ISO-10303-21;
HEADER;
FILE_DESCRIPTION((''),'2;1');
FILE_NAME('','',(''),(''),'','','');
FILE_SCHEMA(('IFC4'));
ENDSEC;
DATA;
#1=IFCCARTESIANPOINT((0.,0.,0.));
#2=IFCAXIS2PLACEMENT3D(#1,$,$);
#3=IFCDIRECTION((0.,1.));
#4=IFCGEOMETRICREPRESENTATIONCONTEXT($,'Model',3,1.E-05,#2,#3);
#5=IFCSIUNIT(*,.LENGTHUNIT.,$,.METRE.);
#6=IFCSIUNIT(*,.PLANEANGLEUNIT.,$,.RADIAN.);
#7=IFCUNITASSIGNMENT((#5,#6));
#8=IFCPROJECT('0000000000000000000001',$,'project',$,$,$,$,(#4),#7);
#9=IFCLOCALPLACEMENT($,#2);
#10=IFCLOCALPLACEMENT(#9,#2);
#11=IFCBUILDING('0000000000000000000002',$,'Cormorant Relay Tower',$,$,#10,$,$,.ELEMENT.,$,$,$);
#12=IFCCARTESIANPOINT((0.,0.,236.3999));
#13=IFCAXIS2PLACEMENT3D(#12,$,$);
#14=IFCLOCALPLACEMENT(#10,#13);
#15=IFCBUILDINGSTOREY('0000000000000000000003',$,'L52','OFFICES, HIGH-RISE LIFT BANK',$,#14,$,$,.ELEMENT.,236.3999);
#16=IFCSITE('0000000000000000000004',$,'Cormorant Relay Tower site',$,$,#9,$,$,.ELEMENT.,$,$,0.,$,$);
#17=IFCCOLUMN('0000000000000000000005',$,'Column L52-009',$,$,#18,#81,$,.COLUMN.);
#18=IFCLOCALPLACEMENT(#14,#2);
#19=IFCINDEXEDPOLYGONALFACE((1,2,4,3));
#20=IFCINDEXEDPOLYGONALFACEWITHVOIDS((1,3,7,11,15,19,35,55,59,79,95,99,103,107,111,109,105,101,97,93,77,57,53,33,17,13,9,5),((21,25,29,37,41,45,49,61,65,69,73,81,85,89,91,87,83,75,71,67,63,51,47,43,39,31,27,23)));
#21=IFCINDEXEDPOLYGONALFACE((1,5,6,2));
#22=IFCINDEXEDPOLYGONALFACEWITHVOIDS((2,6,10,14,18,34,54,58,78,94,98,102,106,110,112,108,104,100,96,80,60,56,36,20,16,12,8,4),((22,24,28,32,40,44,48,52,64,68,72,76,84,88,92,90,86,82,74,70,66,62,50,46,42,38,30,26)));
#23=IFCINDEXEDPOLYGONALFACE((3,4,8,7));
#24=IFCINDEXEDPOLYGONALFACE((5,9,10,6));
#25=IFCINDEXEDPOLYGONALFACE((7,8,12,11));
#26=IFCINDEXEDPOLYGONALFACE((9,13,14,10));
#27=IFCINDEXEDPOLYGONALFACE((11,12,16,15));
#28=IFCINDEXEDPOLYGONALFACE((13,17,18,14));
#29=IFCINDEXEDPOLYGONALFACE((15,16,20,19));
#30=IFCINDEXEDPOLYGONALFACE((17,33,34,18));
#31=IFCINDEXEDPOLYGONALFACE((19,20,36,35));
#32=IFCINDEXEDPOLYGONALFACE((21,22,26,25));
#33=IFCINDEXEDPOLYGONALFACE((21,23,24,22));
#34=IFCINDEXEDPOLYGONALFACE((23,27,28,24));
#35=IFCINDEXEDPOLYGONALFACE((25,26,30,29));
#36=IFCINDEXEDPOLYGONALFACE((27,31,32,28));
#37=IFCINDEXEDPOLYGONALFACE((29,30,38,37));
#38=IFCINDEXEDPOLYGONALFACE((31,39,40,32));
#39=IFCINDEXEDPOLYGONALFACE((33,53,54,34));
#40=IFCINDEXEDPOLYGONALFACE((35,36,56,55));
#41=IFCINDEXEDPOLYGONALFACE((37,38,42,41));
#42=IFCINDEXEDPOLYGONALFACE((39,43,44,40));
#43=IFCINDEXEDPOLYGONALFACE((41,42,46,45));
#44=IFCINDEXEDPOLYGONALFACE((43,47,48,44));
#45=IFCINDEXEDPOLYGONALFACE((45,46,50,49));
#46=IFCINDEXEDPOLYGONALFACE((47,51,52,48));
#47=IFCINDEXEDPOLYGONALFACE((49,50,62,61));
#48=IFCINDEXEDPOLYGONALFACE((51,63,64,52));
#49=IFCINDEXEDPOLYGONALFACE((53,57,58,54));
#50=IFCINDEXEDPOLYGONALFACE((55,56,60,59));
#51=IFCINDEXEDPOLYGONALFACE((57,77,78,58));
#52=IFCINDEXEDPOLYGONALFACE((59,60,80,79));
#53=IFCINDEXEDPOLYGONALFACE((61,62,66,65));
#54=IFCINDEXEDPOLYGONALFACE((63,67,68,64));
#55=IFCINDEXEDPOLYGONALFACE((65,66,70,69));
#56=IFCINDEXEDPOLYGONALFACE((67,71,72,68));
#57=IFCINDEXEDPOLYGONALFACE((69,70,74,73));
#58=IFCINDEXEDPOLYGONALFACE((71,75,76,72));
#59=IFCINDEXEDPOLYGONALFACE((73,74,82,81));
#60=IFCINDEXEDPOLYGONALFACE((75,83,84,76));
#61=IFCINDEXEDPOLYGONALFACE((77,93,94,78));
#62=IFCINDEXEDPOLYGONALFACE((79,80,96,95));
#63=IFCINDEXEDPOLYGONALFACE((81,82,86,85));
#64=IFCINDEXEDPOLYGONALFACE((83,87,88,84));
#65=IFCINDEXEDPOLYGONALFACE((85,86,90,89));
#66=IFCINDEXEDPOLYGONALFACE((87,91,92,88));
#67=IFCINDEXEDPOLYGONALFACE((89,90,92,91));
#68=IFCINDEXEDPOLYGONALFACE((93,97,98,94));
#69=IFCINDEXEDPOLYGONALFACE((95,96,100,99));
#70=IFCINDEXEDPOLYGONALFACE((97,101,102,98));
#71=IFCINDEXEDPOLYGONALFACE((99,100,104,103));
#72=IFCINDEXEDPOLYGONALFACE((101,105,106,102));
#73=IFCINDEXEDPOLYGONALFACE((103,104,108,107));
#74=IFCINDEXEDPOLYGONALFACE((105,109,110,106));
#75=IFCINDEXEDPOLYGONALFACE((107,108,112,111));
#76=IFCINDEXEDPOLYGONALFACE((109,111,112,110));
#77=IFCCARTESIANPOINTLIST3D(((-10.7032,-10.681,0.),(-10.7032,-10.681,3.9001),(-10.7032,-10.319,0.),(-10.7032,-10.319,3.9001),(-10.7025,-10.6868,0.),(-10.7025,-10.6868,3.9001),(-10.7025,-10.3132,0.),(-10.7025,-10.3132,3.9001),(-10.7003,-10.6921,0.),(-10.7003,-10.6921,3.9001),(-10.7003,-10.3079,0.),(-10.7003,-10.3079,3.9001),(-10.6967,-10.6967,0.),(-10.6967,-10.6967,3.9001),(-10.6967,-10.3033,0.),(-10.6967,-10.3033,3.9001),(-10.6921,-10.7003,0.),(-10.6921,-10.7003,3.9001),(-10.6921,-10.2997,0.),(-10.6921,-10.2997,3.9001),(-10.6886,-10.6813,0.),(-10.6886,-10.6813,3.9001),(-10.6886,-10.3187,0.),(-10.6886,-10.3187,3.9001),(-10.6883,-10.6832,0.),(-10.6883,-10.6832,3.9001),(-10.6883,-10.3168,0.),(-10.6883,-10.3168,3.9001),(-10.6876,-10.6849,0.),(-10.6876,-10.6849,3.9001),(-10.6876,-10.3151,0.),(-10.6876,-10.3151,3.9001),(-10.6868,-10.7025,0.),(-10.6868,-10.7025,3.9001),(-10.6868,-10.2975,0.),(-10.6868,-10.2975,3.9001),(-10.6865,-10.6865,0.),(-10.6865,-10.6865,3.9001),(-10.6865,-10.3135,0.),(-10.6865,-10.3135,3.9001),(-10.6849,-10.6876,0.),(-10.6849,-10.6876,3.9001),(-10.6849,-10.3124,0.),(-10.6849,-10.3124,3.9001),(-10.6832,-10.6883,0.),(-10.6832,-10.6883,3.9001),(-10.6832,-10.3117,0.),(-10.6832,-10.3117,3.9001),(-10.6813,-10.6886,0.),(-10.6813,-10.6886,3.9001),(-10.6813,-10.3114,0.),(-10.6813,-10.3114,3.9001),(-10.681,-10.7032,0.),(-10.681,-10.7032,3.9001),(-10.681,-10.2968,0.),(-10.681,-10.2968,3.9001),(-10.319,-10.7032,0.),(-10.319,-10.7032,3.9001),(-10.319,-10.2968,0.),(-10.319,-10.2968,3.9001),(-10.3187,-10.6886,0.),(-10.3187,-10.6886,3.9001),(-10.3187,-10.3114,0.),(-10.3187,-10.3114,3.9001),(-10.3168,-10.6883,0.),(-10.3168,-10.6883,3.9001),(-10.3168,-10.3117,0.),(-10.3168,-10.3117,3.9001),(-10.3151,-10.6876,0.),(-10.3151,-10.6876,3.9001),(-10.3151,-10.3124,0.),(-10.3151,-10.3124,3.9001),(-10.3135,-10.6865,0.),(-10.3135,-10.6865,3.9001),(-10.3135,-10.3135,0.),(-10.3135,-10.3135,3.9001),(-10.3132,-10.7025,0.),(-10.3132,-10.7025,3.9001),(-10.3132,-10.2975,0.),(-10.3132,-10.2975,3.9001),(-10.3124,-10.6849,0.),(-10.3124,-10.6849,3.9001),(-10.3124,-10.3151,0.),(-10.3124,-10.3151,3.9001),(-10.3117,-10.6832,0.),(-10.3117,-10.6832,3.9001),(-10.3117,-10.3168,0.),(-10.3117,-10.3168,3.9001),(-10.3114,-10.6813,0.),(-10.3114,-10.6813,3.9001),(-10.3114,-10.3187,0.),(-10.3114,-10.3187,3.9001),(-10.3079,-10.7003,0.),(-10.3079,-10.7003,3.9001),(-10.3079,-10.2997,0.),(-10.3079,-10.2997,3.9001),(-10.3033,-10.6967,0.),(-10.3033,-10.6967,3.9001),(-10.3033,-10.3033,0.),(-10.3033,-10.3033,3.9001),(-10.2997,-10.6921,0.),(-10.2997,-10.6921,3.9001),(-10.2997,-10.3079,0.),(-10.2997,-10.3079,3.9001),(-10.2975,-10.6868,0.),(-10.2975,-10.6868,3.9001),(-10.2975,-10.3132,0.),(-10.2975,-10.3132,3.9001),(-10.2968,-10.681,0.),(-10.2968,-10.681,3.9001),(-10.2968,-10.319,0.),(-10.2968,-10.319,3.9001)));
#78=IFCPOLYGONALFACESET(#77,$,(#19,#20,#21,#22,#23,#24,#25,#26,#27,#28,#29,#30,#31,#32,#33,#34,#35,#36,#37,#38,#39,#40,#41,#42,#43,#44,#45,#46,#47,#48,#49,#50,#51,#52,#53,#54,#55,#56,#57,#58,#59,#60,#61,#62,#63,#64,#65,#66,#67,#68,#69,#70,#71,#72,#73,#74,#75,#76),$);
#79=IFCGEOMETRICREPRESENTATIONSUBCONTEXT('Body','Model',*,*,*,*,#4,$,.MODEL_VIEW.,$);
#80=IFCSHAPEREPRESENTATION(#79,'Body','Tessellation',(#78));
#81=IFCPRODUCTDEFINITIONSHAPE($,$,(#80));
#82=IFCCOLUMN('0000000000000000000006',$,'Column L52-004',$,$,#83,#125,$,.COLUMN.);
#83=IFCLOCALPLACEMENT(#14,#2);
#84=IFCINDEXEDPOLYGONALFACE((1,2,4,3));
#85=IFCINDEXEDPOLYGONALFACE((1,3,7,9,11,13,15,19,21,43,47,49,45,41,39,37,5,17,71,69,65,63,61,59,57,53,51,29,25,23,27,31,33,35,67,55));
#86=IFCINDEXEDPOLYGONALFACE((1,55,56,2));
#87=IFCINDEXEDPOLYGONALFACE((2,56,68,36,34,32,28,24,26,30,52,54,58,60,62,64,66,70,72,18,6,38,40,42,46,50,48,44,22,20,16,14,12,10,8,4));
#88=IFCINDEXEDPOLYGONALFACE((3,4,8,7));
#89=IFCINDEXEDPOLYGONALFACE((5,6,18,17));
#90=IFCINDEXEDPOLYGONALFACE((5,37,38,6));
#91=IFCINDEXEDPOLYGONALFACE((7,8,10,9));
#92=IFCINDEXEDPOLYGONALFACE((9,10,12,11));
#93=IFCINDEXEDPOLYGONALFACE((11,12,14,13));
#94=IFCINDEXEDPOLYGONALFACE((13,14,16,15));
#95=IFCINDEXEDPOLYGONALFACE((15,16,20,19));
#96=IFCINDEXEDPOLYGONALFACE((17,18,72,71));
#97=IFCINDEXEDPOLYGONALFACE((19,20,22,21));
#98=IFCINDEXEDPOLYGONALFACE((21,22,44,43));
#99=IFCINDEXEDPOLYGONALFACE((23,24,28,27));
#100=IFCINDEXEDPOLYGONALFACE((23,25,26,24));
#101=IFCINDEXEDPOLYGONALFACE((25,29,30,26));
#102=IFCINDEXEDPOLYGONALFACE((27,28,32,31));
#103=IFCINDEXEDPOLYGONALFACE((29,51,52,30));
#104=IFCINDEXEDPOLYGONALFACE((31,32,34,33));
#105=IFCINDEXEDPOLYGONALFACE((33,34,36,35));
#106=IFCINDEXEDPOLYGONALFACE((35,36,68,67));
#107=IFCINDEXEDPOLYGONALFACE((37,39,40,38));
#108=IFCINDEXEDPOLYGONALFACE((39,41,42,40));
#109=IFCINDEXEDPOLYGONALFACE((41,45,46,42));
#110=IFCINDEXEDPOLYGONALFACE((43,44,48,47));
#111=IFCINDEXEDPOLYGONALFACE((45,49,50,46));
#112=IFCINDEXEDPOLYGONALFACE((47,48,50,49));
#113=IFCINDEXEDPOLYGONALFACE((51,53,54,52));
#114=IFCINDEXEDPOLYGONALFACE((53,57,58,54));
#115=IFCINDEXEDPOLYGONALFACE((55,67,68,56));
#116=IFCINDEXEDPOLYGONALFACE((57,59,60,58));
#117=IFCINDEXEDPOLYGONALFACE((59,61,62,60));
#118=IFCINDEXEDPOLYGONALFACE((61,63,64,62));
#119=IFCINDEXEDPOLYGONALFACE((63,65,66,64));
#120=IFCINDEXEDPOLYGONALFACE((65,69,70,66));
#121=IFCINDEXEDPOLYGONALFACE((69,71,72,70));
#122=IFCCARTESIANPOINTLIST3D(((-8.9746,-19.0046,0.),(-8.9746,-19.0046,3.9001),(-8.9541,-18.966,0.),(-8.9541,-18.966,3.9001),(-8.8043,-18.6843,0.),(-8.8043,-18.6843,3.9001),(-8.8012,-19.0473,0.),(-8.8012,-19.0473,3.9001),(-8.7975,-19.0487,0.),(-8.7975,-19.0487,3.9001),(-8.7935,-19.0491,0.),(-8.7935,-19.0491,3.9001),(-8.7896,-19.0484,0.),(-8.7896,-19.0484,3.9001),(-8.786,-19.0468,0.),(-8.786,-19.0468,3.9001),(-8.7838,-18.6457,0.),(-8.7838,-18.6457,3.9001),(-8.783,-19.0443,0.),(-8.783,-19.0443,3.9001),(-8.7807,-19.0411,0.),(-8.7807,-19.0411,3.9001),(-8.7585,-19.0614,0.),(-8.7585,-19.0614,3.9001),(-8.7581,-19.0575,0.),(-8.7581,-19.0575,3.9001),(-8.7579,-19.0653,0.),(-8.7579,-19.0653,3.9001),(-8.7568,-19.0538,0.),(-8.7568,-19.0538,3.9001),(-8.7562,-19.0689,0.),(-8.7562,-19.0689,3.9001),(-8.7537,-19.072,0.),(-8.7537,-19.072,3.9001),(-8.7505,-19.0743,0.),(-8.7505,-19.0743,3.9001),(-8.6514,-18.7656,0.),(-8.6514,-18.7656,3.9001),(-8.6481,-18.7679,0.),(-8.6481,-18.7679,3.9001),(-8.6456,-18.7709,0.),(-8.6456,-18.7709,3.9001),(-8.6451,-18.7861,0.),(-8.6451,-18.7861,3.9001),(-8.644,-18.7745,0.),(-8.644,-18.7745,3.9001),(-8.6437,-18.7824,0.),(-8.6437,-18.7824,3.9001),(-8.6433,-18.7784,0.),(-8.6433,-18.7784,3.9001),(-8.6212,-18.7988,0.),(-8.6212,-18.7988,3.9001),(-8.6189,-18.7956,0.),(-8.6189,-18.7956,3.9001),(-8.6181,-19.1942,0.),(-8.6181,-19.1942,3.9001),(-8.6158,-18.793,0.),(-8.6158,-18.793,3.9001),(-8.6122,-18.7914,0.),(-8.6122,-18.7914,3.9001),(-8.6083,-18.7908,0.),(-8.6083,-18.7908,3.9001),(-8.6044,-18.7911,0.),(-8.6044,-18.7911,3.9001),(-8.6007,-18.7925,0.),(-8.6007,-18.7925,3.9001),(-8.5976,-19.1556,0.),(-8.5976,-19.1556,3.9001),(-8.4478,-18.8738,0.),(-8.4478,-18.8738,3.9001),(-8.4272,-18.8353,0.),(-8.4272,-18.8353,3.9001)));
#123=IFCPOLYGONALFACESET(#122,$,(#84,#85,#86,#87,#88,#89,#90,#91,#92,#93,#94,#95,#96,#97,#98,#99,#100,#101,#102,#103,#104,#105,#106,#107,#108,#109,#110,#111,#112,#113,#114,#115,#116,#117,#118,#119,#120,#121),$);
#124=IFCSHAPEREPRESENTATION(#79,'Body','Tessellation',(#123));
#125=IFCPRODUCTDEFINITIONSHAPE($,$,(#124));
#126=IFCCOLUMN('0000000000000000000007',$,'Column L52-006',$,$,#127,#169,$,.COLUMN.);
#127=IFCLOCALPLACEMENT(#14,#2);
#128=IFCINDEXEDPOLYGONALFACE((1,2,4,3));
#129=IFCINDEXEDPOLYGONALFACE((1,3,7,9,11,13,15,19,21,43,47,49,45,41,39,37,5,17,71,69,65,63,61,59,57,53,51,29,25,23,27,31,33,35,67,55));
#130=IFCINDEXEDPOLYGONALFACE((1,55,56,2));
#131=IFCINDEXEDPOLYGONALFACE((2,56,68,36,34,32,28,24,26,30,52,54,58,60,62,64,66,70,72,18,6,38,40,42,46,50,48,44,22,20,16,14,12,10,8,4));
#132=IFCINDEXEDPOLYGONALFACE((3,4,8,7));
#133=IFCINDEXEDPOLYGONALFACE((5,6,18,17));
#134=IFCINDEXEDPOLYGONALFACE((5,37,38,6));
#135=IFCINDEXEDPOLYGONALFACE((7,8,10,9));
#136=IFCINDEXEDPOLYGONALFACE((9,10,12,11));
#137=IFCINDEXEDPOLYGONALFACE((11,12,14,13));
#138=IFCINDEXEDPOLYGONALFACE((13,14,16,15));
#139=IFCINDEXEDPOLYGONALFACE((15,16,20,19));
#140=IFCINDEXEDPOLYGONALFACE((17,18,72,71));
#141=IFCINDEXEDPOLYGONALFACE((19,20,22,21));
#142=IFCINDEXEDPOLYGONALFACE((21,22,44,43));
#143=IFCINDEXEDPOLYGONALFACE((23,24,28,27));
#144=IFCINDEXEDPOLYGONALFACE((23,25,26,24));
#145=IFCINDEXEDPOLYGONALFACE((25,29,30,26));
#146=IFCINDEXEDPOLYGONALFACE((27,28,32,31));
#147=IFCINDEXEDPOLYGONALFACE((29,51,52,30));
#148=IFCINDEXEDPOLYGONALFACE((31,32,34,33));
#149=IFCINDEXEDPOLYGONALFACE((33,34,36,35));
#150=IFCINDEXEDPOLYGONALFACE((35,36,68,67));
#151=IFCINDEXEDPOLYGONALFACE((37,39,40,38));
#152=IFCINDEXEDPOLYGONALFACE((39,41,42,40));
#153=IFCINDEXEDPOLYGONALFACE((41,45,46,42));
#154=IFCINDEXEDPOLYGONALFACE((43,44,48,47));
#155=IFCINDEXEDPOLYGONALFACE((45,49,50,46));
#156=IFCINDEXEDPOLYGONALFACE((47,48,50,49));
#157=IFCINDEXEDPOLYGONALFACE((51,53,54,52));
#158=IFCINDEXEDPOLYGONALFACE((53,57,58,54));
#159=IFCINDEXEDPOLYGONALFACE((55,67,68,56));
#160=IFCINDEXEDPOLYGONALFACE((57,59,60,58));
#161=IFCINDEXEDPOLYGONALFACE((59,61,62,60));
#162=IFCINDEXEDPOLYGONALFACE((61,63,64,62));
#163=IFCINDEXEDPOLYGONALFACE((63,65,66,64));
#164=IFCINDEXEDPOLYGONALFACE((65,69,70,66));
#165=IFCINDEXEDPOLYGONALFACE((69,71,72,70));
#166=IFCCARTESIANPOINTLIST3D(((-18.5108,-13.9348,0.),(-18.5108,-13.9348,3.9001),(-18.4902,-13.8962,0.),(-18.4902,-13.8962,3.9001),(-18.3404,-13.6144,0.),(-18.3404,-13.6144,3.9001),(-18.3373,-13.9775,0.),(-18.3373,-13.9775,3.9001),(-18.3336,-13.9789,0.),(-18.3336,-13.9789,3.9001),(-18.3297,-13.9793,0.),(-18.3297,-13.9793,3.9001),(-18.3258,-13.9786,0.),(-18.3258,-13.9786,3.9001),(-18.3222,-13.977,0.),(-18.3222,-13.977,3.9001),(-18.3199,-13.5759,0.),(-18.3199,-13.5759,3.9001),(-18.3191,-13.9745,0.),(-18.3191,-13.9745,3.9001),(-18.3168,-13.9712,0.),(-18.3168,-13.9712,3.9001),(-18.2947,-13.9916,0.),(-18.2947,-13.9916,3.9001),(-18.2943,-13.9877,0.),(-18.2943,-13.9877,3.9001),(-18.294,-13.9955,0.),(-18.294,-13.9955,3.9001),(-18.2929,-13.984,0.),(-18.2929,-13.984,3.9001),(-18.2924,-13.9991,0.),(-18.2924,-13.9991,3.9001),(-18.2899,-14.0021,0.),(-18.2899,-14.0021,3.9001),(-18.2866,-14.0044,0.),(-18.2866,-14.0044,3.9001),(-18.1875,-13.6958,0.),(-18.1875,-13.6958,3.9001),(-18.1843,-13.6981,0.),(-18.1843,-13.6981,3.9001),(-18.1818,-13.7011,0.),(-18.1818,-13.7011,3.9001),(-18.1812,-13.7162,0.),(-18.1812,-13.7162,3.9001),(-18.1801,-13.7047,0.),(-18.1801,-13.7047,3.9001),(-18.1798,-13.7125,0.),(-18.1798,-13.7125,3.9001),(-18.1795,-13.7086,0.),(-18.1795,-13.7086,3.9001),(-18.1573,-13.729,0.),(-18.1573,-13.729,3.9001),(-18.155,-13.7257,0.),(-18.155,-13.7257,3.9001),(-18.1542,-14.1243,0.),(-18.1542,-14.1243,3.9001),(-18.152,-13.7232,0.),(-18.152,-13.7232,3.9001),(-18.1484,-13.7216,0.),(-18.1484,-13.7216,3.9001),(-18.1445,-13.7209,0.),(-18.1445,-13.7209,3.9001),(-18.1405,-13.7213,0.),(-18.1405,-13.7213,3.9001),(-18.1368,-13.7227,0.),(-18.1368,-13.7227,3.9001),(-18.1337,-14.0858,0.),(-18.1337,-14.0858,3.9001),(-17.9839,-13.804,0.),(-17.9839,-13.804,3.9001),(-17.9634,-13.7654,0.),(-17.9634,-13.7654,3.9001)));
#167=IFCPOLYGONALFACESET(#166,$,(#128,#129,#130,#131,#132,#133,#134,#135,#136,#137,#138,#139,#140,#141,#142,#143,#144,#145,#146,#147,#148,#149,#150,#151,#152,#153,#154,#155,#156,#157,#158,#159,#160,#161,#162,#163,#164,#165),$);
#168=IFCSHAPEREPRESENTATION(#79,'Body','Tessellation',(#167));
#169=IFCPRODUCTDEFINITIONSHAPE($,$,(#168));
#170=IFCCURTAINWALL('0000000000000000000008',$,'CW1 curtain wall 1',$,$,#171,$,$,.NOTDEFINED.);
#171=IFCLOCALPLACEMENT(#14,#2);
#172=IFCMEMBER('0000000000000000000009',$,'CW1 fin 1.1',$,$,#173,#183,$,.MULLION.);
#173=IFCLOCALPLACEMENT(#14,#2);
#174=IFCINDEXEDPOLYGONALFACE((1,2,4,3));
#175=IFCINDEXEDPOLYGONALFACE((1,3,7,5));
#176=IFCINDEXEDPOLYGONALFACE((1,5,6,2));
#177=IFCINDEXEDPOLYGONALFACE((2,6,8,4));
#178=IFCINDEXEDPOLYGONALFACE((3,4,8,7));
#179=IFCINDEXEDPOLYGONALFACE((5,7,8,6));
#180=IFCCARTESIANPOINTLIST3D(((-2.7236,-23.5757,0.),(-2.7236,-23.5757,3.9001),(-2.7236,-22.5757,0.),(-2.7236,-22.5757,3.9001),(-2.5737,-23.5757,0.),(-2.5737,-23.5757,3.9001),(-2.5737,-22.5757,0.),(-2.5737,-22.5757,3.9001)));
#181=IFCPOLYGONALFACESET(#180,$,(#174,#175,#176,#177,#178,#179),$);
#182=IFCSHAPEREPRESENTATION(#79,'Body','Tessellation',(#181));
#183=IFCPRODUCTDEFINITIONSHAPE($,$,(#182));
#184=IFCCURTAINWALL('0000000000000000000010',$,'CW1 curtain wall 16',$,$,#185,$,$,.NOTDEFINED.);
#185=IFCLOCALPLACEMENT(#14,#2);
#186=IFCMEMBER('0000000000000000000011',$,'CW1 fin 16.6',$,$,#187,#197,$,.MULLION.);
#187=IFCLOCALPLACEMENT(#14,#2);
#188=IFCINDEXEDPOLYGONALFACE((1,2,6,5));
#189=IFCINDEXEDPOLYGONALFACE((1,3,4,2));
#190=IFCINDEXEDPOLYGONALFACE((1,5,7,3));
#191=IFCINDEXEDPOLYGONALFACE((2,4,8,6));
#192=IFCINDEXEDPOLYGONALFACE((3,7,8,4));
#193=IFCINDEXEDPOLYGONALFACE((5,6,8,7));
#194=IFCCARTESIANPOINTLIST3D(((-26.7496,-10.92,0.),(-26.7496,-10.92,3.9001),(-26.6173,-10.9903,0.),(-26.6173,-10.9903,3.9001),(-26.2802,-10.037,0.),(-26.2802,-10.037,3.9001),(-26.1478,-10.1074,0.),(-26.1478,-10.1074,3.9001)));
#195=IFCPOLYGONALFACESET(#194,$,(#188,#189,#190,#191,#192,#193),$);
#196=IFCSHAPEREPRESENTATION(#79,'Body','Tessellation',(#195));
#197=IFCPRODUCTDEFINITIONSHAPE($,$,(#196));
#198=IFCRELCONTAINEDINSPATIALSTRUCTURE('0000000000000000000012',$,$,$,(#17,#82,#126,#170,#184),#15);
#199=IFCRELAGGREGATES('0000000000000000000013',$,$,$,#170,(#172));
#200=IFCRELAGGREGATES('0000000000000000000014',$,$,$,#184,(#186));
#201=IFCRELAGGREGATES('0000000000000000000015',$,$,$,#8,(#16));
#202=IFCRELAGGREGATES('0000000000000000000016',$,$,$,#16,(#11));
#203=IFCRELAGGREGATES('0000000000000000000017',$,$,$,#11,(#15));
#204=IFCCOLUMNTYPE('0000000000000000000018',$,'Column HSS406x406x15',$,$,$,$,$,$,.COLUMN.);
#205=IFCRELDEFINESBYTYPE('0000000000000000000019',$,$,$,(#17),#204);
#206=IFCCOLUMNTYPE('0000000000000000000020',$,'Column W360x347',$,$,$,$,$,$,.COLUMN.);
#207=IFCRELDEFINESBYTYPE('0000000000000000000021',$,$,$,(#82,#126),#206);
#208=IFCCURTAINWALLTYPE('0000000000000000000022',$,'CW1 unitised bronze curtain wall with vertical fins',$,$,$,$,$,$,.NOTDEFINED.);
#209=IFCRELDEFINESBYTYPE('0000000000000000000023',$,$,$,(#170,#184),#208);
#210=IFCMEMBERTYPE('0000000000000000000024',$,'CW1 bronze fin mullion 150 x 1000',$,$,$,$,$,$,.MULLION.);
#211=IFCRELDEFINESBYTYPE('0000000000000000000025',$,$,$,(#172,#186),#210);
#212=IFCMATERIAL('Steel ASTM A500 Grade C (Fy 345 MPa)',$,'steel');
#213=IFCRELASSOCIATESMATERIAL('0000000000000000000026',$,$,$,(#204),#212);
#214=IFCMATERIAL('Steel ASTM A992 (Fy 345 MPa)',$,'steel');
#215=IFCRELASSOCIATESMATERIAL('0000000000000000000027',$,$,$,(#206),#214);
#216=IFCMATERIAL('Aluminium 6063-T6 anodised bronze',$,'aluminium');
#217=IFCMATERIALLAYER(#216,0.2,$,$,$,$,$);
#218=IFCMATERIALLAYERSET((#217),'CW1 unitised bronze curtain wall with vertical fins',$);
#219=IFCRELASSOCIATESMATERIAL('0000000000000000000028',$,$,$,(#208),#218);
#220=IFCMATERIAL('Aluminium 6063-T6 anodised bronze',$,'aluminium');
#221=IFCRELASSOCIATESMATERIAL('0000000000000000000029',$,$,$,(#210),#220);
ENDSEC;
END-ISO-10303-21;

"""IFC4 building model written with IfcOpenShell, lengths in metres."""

from ifc_helpers import new_model, si_unit, direction, frame, origin, origin_2d, place, context, subcontext, project, spatial, rectangle, hollow_rectangle, i_section, extrude, material, layer, layer_set, material_profile, profile_set, type_object, element, aggregate, save


model = new_model("IFC4")

# Units and contexts
model_context = context("Model", 3, precision=1e-05, world=origin(), true_north=direction((0.0, 1.0)))
body_context = subcontext(model_context, "Body", "Model", "MODEL_VIEW")
ifc_project = project(units=[si_unit("LENGTHUNIT", "METRE"), si_unit("PLANEANGLEUNIT", "RADIAN")], contexts=[model_context])

# Site, building, storey
site_placement = place(None, origin())
site = spatial("IfcSite", under=ifc_project, at=site_placement, Name="Cormorant Relay Tower site", CompositionType="ELEMENT", RefElevation=0.0)
building_placement = place(site_placement, origin())
building = spatial("IfcBuilding", under=site, at=building_placement, Name="Cormorant Relay Tower", CompositionType="ELEMENT")
storey_placement = place(building_placement, frame((0.0, 0.0, 236.3999)))
storey = spatial("IfcBuildingStorey", under=building, at=storey_placement, Name="L52", Description="OFFICES, HIGH-RISE LIFT BANK", CompositionType="ELEMENT", Elevation=236.3999)

# Columns
ifc_material_1 = material(Name="Steel ASTM A500 Grade C (Fy 345 MPa)", Category="steel")
ifc_material_profile_1 = material_profile(ifc_material_1, hollow_rectangle(XDim=0.4065, YDim=0.4065, WallThickness=0.0146, InnerFilletRadius=0.0073, OuterFilletRadius=0.0222, at=origin_2d()), Name="HSS406x406x15")
ifc_profile_set_1 = profile_set([ifc_material_profile_1], Name="Steel ASTM A500 Grade C (Fy 345 MPa)")
column_type_1 = type_object("IfcColumnType", Name="Column HSS406x406x15", PredefinedType="COLUMN", material=ifc_profile_set_1)
column_placement = place(storey_placement, frame((-10.5, -10.5, 0.0), z_axis=(0.0, 0.0, 1.0), x_axis=(1.0, 0.0, 0.0)))
element("IfcColumn", 1, at=column_placement, inside=storey, type_object=column_type_1, Name="Column L52-009", PredefinedType="COLUMN", context=body_context, shape_type="SweptSolid", body=[
    extrude(hollow_rectangle(XDim=0.4065, YDim=0.4065, WallThickness=0.0146, InnerFilletRadius=0.0073, OuterFilletRadius=0.0222, at=origin_2d()), origin(), (0.0, 0.0, 1.0), 3.9001),
])
ifc_material_2 = material(Name="Steel ASTM A992 (Fy 345 MPa)", Category="steel")
ifc_material_profile_2 = material_profile(ifc_material_2, i_section(OverallWidth=0.4038, OverallDepth=0.4065, WebThickness=0.0271, FlangeThickness=0.0437, FilletRadius=0.0151, at=origin_2d()), Name="W360x347")
ifc_profile_set_2 = profile_set([ifc_material_profile_2], Name="Steel ASTM A992 (Fy 345 MPa)")
column_type_2 = type_object("IfcColumnType", Name="Column W360x347", PredefinedType="COLUMN", material=ifc_profile_set_2)
for number, where, z_axis, x_axis, name in (
    (2, (-8.7009, -18.9199, 0.0), (0.0, 0.0, 1.0), (0.882948, -0.469472, 0.0), "Column L52-004"),
    (3, (-18.2371, -13.8501, 0.0), (0.0, 0.0, 1.0), (0.882948, -0.469472, 0.0), "Column L52-006"),
):
    element("IfcColumn", number, at=place(storey_placement, frame(where, z_axis=z_axis, x_axis=x_axis)), inside=storey, type_object=column_type_2, Name=name, PredefinedType="COLUMN", context=body_context, shape_type="SweptSolid", body=[
        extrude(i_section(OverallWidth=0.4038, OverallDepth=0.4065, WebThickness=0.0271, FlangeThickness=0.0437, FilletRadius=0.0151, at=origin_2d()), origin(), (0.0, 0.0, 1.0), 3.9001),
    ])

# Curtain wall, member
ifc_material_3 = material(Name="Aluminium 6063-T6 anodised bronze", Category="aluminium")
ifc_layer_1 = layer(ifc_material_3, 0.2)
ifc_layer_set_1 = layer_set([ifc_layer_1], Name="CW1 unitised bronze curtain wall with vertical fins")
curtain_wall_type = type_object("IfcCurtainWallType", Name="CW1 unitised bronze curtain wall with vertical fins", PredefinedType="NOTDEFINED", material=ifc_layer_set_1)
curtain_wall_1_placement = place(storey_placement, origin())
curtain_wall_1 = element("IfcCurtainWall", 4, at=curtain_wall_1_placement, inside=storey, type_object=curtain_wall_type, Name="CW1 curtain wall 1", PredefinedType="NOTDEFINED")
ifc_material_4 = material(Name="Aluminium 6063-T6 anodised bronze", Category="aluminium")
ifc_material_profile_3 = material_profile(ifc_material_4, rectangle(XDim=0.1499, YDim=1.0, at=origin_2d()), Name="AL 150x1000")
ifc_profile_set_3 = profile_set([ifc_material_profile_3], Name="Aluminium 6063-T6 anodised bronze")
member_type_1 = type_object("IfcMemberType", Name="CW1 bronze fin mullion 150 x 1000", PredefinedType="MULLION", material=ifc_profile_set_3)
member_1_placement = place(storey_placement, frame((-2.6487, -23.0757, 0.0), z_axis=(0.0, 0.0, 1.0), x_axis=(1.0, 0.0, 0.0)))
member_1 = element("IfcMember", 5, at=member_1_placement, type_object=member_type_1, Name="CW1 fin 1.1", PredefinedType="MULLION", context=body_context, shape_type="SweptSolid", body=[
    extrude(rectangle(XDim=0.1499, YDim=1.0, at=origin_2d()), origin(), (0.0, 0.0, 1.0), 3.9001),
])

# Curtain wall, member
curtain_wall_2_placement = place(storey_placement, origin())
curtain_wall_2 = element("IfcCurtainWall", 6, at=curtain_wall_2_placement, inside=storey, type_object=curtain_wall_type, Name="CW1 curtain wall 16", PredefinedType="NOTDEFINED")
member_2_placement = place(storey_placement, frame((-26.4487, -10.5137, 0.0), z_axis=(0.0, 0.0, 1.0), x_axis=(0.882948, -0.469472, 0.0)))
member_2 = element("IfcMember", 7, at=member_2_placement, type_object=member_type_1, Name="CW1 fin 16.6", PredefinedType="MULLION", context=body_context, shape_type="SweptSolid", body=[
    extrude(rectangle(XDim=0.1499, YDim=1.0, at=origin_2d()), origin(), (0.0, 0.0, 1.0), 3.9001),
])

aggregate(curtain_wall_1, [member_1])

aggregate(curtain_wall_2, [member_2])

save(model, "model.ifc")
